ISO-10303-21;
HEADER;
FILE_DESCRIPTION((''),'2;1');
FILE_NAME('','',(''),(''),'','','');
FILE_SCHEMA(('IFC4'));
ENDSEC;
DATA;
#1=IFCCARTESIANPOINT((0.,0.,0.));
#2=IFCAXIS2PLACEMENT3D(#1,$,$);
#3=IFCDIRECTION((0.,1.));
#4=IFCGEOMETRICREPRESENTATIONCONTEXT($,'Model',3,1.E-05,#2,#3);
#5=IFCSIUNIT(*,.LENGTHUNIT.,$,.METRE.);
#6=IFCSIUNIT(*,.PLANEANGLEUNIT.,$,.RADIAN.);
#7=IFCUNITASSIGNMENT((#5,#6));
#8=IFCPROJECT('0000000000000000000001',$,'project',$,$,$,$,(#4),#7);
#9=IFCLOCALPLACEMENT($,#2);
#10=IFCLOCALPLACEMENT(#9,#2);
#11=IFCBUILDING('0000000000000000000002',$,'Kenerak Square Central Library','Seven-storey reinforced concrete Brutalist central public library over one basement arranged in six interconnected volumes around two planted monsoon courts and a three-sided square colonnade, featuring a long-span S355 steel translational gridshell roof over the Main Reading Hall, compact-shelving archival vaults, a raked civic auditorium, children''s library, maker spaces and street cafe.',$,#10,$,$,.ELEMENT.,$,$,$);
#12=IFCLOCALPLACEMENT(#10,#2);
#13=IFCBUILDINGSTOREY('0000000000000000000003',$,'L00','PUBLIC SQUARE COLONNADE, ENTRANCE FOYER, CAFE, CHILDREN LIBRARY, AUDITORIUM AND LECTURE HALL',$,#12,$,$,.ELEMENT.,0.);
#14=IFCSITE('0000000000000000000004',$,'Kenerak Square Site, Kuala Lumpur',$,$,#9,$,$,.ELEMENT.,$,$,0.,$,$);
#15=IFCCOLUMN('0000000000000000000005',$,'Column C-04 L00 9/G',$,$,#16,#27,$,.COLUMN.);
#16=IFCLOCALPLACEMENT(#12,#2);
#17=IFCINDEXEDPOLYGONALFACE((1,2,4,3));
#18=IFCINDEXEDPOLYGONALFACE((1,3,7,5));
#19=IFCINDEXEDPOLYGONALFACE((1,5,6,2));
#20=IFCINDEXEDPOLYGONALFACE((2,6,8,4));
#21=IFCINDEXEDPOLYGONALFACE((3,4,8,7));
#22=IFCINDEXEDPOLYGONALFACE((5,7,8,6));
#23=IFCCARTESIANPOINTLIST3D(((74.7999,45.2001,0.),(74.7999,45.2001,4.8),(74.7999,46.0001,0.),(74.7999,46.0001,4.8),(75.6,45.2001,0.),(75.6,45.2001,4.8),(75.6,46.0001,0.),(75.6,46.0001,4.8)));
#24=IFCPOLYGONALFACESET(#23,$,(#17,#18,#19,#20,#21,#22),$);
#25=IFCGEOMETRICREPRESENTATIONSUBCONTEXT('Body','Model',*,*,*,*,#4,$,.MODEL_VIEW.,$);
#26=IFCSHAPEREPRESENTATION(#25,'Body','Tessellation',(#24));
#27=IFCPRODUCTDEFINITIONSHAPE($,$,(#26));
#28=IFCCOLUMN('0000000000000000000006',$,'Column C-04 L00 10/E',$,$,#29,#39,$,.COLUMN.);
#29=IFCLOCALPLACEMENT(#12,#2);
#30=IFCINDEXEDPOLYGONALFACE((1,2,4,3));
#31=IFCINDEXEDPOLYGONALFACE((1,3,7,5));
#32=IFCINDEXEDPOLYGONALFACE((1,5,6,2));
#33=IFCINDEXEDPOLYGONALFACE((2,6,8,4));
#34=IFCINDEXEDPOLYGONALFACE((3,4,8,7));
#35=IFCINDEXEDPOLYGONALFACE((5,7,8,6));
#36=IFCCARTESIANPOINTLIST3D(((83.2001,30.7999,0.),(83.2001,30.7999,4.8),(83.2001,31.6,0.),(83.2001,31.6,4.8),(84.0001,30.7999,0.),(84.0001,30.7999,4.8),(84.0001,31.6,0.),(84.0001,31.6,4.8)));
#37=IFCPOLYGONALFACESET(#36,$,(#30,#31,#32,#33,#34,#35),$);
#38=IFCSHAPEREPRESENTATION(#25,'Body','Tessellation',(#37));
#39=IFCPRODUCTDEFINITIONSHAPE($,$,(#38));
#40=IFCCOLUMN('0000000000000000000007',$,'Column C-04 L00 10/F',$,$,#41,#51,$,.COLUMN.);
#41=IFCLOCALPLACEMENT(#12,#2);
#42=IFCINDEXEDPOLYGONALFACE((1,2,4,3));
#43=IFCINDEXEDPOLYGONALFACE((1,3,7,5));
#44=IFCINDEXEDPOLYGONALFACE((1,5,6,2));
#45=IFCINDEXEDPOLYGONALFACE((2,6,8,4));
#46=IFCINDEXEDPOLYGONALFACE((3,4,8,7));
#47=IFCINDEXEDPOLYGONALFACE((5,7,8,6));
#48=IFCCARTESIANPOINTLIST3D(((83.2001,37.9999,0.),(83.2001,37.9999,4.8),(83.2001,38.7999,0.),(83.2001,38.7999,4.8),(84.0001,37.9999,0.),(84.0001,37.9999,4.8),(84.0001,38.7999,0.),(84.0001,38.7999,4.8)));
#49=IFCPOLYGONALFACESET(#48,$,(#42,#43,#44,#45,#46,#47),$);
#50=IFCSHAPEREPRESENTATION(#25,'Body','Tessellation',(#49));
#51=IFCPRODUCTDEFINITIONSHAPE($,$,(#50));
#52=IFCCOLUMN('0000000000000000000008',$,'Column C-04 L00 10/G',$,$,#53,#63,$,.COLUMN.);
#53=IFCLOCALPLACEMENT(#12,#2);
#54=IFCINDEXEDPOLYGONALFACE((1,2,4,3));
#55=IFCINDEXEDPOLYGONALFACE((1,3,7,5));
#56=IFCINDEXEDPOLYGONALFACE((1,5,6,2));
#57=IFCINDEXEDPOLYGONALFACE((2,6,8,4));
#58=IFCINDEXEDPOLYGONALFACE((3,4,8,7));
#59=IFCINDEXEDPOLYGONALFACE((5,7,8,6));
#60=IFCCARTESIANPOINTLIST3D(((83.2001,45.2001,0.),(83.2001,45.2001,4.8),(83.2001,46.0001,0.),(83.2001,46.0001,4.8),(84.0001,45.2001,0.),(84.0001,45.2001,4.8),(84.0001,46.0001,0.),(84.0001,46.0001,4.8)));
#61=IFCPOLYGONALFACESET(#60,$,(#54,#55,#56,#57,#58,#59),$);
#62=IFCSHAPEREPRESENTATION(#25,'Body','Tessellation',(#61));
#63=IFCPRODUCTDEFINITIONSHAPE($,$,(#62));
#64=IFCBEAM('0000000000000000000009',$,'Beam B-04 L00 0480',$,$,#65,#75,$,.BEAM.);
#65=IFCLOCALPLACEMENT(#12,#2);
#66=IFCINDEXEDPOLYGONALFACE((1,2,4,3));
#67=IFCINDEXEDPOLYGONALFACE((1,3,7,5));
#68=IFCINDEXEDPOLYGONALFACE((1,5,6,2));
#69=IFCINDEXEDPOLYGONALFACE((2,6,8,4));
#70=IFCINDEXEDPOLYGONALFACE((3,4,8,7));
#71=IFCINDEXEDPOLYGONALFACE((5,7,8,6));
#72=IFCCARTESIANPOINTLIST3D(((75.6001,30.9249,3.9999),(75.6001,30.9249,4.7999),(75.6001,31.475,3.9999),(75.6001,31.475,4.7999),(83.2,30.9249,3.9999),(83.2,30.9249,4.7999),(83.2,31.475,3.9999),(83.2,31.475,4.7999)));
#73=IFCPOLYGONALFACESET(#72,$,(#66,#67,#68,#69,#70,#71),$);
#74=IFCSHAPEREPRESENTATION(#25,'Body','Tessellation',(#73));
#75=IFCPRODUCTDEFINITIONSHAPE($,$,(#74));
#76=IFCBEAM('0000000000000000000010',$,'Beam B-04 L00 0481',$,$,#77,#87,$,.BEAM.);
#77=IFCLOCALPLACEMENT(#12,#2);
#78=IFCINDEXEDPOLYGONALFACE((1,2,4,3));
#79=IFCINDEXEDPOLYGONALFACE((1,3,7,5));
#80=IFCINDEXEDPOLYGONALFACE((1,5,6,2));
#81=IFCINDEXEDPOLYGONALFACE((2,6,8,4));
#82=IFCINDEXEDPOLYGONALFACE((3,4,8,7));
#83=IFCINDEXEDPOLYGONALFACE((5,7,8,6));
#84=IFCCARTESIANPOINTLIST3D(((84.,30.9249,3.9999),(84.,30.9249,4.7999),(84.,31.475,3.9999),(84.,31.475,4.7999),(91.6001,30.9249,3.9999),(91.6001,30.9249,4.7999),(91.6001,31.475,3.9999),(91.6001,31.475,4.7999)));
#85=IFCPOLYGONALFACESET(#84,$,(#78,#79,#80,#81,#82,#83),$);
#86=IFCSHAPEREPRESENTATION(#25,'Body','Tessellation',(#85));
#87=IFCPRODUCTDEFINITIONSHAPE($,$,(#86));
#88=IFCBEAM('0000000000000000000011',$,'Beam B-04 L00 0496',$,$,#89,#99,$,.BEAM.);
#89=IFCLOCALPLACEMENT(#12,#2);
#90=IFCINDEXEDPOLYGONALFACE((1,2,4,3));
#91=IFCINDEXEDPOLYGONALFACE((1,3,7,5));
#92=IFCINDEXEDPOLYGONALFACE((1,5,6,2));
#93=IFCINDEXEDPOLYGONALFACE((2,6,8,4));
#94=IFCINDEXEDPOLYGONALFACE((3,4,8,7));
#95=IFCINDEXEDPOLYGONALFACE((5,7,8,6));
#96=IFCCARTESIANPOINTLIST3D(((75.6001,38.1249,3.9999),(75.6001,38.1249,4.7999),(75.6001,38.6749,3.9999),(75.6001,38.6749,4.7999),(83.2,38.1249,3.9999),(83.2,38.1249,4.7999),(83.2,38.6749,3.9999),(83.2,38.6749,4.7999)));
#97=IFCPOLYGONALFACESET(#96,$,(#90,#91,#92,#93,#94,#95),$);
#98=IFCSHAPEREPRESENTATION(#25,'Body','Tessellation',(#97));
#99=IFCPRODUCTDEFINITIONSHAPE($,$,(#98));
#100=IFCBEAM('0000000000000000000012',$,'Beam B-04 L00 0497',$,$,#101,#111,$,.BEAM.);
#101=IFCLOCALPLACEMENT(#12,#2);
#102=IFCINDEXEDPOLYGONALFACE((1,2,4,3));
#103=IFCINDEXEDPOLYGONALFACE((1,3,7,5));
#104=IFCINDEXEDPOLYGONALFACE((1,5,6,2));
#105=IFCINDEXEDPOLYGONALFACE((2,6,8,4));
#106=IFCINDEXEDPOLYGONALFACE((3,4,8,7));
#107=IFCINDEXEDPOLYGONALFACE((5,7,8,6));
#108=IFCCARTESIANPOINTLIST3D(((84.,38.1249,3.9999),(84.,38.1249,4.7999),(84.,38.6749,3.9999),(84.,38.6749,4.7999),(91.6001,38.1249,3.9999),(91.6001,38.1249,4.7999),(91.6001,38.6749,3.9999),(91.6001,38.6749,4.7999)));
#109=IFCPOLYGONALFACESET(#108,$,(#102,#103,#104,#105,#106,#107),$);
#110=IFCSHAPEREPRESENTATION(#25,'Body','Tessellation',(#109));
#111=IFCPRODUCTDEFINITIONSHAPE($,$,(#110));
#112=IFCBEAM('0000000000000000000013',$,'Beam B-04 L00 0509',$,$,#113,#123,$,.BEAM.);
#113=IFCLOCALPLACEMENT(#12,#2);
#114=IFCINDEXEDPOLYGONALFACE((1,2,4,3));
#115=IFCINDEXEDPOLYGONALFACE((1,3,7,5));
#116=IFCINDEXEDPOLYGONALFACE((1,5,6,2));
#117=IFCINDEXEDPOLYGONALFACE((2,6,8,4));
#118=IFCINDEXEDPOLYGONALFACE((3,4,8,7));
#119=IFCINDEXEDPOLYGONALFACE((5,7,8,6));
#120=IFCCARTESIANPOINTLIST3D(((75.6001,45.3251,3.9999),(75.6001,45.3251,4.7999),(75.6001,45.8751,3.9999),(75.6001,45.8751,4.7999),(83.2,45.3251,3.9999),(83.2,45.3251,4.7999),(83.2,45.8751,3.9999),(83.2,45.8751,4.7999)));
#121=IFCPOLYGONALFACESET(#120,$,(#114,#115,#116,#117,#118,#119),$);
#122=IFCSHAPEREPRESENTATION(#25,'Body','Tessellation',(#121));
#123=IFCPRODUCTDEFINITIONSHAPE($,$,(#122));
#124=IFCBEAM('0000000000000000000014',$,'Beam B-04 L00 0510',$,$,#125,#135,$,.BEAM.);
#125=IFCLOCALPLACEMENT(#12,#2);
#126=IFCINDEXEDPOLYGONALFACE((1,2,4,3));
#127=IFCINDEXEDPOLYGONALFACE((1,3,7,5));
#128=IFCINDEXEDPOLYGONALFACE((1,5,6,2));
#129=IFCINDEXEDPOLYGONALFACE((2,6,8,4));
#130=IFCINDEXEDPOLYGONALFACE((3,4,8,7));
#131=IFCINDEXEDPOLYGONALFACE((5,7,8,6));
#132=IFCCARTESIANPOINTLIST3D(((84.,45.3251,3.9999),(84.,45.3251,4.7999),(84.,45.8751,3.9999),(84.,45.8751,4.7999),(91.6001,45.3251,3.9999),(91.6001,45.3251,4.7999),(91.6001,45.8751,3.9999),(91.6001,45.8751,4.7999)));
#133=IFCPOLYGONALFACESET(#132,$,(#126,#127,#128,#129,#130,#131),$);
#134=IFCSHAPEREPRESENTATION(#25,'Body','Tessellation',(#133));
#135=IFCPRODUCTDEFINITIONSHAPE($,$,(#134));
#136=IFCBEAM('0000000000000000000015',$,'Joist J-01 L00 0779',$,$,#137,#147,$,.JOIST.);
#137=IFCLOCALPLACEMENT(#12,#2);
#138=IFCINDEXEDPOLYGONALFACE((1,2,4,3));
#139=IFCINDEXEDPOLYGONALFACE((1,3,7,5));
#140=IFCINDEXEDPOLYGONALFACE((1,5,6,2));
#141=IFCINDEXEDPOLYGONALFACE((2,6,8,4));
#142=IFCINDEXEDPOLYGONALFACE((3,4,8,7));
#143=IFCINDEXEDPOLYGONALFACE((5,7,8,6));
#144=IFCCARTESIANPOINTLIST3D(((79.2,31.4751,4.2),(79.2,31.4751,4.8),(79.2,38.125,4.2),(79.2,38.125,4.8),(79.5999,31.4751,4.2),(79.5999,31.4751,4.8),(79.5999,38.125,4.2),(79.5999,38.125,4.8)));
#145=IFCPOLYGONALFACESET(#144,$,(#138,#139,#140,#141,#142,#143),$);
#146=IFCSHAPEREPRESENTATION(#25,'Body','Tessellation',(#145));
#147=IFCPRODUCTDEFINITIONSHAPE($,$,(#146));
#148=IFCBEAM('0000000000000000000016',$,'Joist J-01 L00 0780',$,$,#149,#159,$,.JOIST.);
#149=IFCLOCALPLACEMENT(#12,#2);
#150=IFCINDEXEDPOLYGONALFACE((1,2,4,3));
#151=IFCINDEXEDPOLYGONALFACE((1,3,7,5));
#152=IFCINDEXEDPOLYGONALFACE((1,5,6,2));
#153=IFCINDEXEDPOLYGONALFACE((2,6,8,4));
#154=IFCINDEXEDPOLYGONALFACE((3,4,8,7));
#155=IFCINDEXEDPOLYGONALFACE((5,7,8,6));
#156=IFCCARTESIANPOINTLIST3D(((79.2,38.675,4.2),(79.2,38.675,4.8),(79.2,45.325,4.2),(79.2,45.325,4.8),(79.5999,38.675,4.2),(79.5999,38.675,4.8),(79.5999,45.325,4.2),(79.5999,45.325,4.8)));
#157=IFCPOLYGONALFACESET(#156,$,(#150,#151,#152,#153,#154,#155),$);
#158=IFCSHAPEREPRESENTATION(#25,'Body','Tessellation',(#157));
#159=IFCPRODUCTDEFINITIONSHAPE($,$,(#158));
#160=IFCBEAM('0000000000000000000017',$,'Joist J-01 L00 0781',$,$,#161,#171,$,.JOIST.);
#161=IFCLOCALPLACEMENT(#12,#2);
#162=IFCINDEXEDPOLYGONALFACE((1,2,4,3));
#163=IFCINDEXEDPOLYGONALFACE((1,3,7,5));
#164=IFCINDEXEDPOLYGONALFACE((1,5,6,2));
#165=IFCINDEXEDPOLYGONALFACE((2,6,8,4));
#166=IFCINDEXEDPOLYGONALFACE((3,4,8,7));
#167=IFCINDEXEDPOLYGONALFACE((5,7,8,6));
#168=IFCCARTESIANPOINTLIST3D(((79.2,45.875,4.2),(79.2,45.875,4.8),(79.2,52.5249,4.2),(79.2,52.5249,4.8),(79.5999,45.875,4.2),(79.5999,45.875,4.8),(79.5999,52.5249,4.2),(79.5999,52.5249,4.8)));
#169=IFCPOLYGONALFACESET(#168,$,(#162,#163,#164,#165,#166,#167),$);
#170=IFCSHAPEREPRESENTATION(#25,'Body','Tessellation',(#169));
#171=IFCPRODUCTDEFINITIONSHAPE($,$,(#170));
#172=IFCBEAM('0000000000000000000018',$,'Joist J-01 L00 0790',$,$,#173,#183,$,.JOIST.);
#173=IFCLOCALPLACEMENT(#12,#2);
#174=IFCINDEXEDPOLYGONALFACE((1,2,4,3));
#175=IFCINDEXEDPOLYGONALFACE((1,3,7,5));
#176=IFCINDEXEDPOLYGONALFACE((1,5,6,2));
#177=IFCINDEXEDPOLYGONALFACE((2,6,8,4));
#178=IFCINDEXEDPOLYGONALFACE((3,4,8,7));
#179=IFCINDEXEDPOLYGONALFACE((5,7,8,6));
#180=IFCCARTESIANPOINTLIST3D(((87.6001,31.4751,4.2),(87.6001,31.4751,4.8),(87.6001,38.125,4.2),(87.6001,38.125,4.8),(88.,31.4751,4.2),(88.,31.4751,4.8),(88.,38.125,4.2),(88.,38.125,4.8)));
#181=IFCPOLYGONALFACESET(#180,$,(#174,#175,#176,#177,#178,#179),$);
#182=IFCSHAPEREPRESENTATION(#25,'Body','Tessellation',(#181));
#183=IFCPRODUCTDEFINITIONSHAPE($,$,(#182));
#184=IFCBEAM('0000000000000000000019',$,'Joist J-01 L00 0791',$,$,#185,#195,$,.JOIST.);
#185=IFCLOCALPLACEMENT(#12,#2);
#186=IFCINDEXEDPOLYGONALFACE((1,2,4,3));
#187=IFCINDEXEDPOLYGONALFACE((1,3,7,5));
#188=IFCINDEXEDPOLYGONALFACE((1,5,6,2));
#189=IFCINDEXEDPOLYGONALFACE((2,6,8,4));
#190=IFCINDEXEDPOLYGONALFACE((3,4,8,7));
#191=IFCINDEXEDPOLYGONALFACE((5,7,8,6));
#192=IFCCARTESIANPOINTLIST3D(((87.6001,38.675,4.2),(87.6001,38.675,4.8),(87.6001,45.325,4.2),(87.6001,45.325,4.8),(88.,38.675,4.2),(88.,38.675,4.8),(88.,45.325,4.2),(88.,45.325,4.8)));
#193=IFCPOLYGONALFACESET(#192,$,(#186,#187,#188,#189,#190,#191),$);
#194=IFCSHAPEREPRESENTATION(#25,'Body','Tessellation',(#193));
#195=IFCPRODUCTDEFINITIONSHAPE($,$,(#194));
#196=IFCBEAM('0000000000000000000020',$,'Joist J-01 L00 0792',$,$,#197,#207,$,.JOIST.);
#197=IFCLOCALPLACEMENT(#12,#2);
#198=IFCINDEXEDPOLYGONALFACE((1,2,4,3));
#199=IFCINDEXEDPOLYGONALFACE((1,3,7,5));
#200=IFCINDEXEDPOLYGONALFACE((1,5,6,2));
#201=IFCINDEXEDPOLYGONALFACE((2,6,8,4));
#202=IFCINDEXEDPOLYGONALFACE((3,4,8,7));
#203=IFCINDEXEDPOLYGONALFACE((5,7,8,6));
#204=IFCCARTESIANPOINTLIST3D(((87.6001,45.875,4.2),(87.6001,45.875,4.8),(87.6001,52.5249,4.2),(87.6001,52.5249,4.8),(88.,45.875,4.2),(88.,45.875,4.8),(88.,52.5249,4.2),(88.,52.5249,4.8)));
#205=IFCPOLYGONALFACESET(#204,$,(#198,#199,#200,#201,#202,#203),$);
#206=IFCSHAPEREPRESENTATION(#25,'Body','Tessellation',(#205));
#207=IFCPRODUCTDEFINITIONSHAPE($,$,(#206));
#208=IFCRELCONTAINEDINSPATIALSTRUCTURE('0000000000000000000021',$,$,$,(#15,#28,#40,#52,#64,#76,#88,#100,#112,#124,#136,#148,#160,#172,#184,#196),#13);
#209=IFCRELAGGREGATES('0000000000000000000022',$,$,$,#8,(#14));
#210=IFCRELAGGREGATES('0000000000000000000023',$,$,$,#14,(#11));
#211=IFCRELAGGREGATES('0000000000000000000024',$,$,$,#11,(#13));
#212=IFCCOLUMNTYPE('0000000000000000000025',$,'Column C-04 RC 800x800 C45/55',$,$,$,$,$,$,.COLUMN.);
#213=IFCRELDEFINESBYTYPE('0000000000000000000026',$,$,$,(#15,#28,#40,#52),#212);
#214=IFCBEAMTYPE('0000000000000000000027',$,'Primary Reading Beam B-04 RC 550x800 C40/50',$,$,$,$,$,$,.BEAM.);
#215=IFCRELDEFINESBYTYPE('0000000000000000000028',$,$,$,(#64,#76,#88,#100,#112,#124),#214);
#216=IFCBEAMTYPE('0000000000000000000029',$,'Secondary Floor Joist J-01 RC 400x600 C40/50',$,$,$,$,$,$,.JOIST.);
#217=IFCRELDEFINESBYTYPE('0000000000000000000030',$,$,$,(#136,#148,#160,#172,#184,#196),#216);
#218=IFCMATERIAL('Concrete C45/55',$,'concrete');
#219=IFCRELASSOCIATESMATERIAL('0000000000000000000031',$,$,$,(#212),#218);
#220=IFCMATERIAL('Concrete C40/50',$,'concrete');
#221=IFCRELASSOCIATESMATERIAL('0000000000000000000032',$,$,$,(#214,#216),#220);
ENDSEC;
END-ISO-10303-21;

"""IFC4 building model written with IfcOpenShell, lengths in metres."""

from ifc_helpers import new_model, si_unit, direction, frame, origin, origin_2d, place, context, subcontext, project, spatial, rectangle, extrude, material, material_profile, profile_set, type_object, element, save


model = new_model("IFC4")

# Units and contexts
model_context = context("Model", 3, precision=1e-05, world=origin(), true_north=direction((0.0, 1.0)))
body_context = subcontext(model_context, "Body", "Model", "MODEL_VIEW")
ifc_project = project(units=[si_unit("LENGTHUNIT", "METRE"), si_unit("PLANEANGLEUNIT", "RADIAN")], contexts=[model_context])

# Site, building, storey
site_placement = place(None, origin())
site = spatial("IfcSite", under=ifc_project, at=site_placement, Name="Kenerak Square Site, Kuala Lumpur", CompositionType="ELEMENT", RefElevation=0.0)
building_placement = place(site_placement, origin())
building = spatial("IfcBuilding", under=site, at=building_placement, Name="Kenerak Square Central Library", Description="Seven-storey reinforced concrete Brutalist central public library over one basement arranged in six interconnected volumes around two planted monsoon courts and a three-sided square colonnade, featuring a long-span S355 steel translational gridshell roof over the Main Reading Hall, compact-shelving archival vaults, a raked civic auditorium, children's library, maker spaces and street cafe.", CompositionType="ELEMENT")
storey_placement = place(building_placement, origin())
storey = spatial("IfcBuildingStorey", under=building, at=storey_placement, Name="L00", Description="PUBLIC SQUARE COLONNADE, ENTRANCE FOYER, CAFE, CHILDREN LIBRARY, AUDITORIUM AND LECTURE HALL", CompositionType="ELEMENT", Elevation=0.0)

# Columns
ifc_material_1 = material(Name="Concrete C45/55", Category="concrete")
ifc_material_profile_1 = material_profile(ifc_material_1, rectangle(XDim=0.8, YDim=0.8, at=origin_2d()), Name="RC 800x800")
ifc_profile_set_1 = profile_set([ifc_material_profile_1], Name="Concrete C45/55")
column_type = type_object("IfcColumnType", Name="Column C-04 RC 800x800 C45/55", PredefinedType="COLUMN", material=ifc_profile_set_1)
for number, where, z_axis, x_axis, name in (
    (1, (75.2, 45.6001, 0.0), (0.0, 0.0, 1.0), (1.0, 0.0, 0.0), "Column C-04 L00 9/G"),
    (2, (83.6001, 31.2, 0.0), (0.0, 0.0, 1.0), (1.0, 0.0, 0.0), "Column C-04 L00 10/E"),
    (3, (83.6001, 38.3999, 0.0), (0.0, 0.0, 1.0), (1.0, 0.0, 0.0), "Column C-04 L00 10/F"),
    (4, (83.6001, 45.6001, 0.0), (0.0, 0.0, 1.0), (1.0, 0.0, 0.0), "Column C-04 L00 10/G"),
):
    element("IfcColumn", number, at=place(storey_placement, frame(where, z_axis=z_axis, x_axis=x_axis)), inside=storey, type_object=column_type, Name=name, PredefinedType="COLUMN", context=body_context, shape_type="SweptSolid", body=[
        extrude(rectangle(XDim=0.8, YDim=0.8, at=origin_2d()), origin(), (0.0, 0.0, 1.0), 4.8),
    ])

# Beams
ifc_material_2 = material(Name="Concrete C40/50", Category="concrete")
ifc_material_profile_2 = material_profile(ifc_material_2, rectangle(XDim=0.55, YDim=0.8, at=origin_2d()), Name="RC 550x800")
ifc_profile_set_2 = profile_set([ifc_material_profile_2], Name="Concrete C40/50")
beam_type_1 = type_object("IfcBeamType", Name="Primary Reading Beam B-04 RC 550x800 C40/50", PredefinedType="BEAM", material=ifc_profile_set_2)
beam_1_placement = place(storey_placement, frame((75.6001, 31.2, 4.3999), z_axis=(1.0, 0.0, 0.0), x_axis=(0.0, 1.0, 0.0)))
element("IfcBeam", 5, at=beam_1_placement, inside=storey, type_object=beam_type_1, Name="Beam B-04 L00 0480", PredefinedType="BEAM", context=body_context, shape_type="SweptSolid", body=[
    extrude(rectangle(XDim=0.55, YDim=0.8, at=origin_2d()), origin(), (0.0, 0.0, 1.0), 7.5999),
])
beam_2_placement = place(storey_placement, frame((84.0, 31.2, 4.3999), z_axis=(1.0, 0.0, 0.0), x_axis=(0.0, 1.0, 0.0)))
element("IfcBeam", 6, at=beam_2_placement, inside=storey, type_object=beam_type_1, Name="Beam B-04 L00 0481", PredefinedType="BEAM", context=body_context, shape_type="SweptSolid", body=[
    extrude(rectangle(XDim=0.55, YDim=0.8, at=origin_2d()), origin(), (0.0, 0.0, 1.0), 7.6001),
])
beam_3_placement = place(storey_placement, frame((75.6001, 38.3999, 4.3999), z_axis=(1.0, 0.0, 0.0), x_axis=(0.0, 1.0, 0.0)))
element("IfcBeam", 7, at=beam_3_placement, inside=storey, type_object=beam_type_1, Name="Beam B-04 L00 0496", PredefinedType="BEAM", context=body_context, shape_type="SweptSolid", body=[
    extrude(rectangle(XDim=0.55, YDim=0.8, at=origin_2d()), origin(), (0.0, 0.0, 1.0), 7.5999),
])
beam_4_placement = place(storey_placement, frame((84.0, 38.3999, 4.3999), z_axis=(1.0, 0.0, 0.0), x_axis=(0.0, 1.0, 0.0)))
element("IfcBeam", 8, at=beam_4_placement, inside=storey, type_object=beam_type_1, Name="Beam B-04 L00 0497", PredefinedType="BEAM", context=body_context, shape_type="SweptSolid", body=[
    extrude(rectangle(XDim=0.55, YDim=0.8, at=origin_2d()), origin(), (0.0, 0.0, 1.0), 7.6001),
])
beam_5_placement = place(storey_placement, frame((75.6001, 45.6001, 4.3999), z_axis=(1.0, 0.0, 0.0), x_axis=(0.0, 1.0, 0.0)))
element("IfcBeam", 9, at=beam_5_placement, inside=storey, type_object=beam_type_1, Name="Beam B-04 L00 0509", PredefinedType="BEAM", context=body_context, shape_type="SweptSolid", body=[
    extrude(rectangle(XDim=0.55, YDim=0.8, at=origin_2d()), origin(), (0.0, 0.0, 1.0), 7.5999),
])
beam_6_placement = place(storey_placement, frame((84.0, 45.6001, 4.3999), z_axis=(1.0, 0.0, 0.0), x_axis=(0.0, 1.0, 0.0)))
element("IfcBeam", 10, at=beam_6_placement, inside=storey, type_object=beam_type_1, Name="Beam B-04 L00 0510", PredefinedType="BEAM", context=body_context, shape_type="SweptSolid", body=[
    extrude(rectangle(XDim=0.55, YDim=0.8, at=origin_2d()), origin(), (0.0, 0.0, 1.0), 7.6001),
])
ifc_material_profile_3 = material_profile(ifc_material_2, rectangle(XDim=0.3999, YDim=0.6001, at=origin_2d()), Name="RC 400x600")
ifc_profile_set_3 = profile_set([ifc_material_profile_3], Name="Concrete C40/50")
beam_type_2 = type_object("IfcBeamType", Name="Secondary Floor Joist J-01 RC 400x600 C40/50", PredefinedType="JOIST", material=ifc_profile_set_3)
for number, where, z_axis, x_axis, name in (
    (11, (79.3999, 31.4751, 4.5), (0.0, 1.0, 0.0), (-1.0, 0.0, 0.0), "Joist J-01 L00 0779"),
    (12, (79.3999, 38.675, 4.5), (0.0, 1.0, 0.0), (-1.0, 0.0, 0.0), "Joist J-01 L00 0780"),
    (13, (79.3999, 45.875, 4.5), (0.0, 1.0, 0.0), (-1.0, 0.0, 0.0), "Joist J-01 L00 0781"),
    (14, (87.8, 31.4751, 4.5), (0.0, 1.0, 0.0), (-1.0, 0.0, 0.0), "Joist J-01 L00 0790"),
    (15, (87.8, 38.675, 4.5), (0.0, 1.0, 0.0), (-1.0, 0.0, 0.0), "Joist J-01 L00 0791"),
    (16, (87.8, 45.875, 4.5), (0.0, 1.0, 0.0), (-1.0, 0.0, 0.0), "Joist J-01 L00 0792"),
):
    element("IfcBeam", number, at=place(storey_placement, frame(where, z_axis=z_axis, x_axis=x_axis)), inside=storey, type_object=beam_type_2, Name=name, PredefinedType="JOIST", context=body_context, shape_type="SweptSolid", body=[
        extrude(rectangle(XDim=0.3999, YDim=0.6001, at=origin_2d()), origin(), (0.0, 0.0, 1.0), 6.6499),
    ])

save(model, "model.ifc")
